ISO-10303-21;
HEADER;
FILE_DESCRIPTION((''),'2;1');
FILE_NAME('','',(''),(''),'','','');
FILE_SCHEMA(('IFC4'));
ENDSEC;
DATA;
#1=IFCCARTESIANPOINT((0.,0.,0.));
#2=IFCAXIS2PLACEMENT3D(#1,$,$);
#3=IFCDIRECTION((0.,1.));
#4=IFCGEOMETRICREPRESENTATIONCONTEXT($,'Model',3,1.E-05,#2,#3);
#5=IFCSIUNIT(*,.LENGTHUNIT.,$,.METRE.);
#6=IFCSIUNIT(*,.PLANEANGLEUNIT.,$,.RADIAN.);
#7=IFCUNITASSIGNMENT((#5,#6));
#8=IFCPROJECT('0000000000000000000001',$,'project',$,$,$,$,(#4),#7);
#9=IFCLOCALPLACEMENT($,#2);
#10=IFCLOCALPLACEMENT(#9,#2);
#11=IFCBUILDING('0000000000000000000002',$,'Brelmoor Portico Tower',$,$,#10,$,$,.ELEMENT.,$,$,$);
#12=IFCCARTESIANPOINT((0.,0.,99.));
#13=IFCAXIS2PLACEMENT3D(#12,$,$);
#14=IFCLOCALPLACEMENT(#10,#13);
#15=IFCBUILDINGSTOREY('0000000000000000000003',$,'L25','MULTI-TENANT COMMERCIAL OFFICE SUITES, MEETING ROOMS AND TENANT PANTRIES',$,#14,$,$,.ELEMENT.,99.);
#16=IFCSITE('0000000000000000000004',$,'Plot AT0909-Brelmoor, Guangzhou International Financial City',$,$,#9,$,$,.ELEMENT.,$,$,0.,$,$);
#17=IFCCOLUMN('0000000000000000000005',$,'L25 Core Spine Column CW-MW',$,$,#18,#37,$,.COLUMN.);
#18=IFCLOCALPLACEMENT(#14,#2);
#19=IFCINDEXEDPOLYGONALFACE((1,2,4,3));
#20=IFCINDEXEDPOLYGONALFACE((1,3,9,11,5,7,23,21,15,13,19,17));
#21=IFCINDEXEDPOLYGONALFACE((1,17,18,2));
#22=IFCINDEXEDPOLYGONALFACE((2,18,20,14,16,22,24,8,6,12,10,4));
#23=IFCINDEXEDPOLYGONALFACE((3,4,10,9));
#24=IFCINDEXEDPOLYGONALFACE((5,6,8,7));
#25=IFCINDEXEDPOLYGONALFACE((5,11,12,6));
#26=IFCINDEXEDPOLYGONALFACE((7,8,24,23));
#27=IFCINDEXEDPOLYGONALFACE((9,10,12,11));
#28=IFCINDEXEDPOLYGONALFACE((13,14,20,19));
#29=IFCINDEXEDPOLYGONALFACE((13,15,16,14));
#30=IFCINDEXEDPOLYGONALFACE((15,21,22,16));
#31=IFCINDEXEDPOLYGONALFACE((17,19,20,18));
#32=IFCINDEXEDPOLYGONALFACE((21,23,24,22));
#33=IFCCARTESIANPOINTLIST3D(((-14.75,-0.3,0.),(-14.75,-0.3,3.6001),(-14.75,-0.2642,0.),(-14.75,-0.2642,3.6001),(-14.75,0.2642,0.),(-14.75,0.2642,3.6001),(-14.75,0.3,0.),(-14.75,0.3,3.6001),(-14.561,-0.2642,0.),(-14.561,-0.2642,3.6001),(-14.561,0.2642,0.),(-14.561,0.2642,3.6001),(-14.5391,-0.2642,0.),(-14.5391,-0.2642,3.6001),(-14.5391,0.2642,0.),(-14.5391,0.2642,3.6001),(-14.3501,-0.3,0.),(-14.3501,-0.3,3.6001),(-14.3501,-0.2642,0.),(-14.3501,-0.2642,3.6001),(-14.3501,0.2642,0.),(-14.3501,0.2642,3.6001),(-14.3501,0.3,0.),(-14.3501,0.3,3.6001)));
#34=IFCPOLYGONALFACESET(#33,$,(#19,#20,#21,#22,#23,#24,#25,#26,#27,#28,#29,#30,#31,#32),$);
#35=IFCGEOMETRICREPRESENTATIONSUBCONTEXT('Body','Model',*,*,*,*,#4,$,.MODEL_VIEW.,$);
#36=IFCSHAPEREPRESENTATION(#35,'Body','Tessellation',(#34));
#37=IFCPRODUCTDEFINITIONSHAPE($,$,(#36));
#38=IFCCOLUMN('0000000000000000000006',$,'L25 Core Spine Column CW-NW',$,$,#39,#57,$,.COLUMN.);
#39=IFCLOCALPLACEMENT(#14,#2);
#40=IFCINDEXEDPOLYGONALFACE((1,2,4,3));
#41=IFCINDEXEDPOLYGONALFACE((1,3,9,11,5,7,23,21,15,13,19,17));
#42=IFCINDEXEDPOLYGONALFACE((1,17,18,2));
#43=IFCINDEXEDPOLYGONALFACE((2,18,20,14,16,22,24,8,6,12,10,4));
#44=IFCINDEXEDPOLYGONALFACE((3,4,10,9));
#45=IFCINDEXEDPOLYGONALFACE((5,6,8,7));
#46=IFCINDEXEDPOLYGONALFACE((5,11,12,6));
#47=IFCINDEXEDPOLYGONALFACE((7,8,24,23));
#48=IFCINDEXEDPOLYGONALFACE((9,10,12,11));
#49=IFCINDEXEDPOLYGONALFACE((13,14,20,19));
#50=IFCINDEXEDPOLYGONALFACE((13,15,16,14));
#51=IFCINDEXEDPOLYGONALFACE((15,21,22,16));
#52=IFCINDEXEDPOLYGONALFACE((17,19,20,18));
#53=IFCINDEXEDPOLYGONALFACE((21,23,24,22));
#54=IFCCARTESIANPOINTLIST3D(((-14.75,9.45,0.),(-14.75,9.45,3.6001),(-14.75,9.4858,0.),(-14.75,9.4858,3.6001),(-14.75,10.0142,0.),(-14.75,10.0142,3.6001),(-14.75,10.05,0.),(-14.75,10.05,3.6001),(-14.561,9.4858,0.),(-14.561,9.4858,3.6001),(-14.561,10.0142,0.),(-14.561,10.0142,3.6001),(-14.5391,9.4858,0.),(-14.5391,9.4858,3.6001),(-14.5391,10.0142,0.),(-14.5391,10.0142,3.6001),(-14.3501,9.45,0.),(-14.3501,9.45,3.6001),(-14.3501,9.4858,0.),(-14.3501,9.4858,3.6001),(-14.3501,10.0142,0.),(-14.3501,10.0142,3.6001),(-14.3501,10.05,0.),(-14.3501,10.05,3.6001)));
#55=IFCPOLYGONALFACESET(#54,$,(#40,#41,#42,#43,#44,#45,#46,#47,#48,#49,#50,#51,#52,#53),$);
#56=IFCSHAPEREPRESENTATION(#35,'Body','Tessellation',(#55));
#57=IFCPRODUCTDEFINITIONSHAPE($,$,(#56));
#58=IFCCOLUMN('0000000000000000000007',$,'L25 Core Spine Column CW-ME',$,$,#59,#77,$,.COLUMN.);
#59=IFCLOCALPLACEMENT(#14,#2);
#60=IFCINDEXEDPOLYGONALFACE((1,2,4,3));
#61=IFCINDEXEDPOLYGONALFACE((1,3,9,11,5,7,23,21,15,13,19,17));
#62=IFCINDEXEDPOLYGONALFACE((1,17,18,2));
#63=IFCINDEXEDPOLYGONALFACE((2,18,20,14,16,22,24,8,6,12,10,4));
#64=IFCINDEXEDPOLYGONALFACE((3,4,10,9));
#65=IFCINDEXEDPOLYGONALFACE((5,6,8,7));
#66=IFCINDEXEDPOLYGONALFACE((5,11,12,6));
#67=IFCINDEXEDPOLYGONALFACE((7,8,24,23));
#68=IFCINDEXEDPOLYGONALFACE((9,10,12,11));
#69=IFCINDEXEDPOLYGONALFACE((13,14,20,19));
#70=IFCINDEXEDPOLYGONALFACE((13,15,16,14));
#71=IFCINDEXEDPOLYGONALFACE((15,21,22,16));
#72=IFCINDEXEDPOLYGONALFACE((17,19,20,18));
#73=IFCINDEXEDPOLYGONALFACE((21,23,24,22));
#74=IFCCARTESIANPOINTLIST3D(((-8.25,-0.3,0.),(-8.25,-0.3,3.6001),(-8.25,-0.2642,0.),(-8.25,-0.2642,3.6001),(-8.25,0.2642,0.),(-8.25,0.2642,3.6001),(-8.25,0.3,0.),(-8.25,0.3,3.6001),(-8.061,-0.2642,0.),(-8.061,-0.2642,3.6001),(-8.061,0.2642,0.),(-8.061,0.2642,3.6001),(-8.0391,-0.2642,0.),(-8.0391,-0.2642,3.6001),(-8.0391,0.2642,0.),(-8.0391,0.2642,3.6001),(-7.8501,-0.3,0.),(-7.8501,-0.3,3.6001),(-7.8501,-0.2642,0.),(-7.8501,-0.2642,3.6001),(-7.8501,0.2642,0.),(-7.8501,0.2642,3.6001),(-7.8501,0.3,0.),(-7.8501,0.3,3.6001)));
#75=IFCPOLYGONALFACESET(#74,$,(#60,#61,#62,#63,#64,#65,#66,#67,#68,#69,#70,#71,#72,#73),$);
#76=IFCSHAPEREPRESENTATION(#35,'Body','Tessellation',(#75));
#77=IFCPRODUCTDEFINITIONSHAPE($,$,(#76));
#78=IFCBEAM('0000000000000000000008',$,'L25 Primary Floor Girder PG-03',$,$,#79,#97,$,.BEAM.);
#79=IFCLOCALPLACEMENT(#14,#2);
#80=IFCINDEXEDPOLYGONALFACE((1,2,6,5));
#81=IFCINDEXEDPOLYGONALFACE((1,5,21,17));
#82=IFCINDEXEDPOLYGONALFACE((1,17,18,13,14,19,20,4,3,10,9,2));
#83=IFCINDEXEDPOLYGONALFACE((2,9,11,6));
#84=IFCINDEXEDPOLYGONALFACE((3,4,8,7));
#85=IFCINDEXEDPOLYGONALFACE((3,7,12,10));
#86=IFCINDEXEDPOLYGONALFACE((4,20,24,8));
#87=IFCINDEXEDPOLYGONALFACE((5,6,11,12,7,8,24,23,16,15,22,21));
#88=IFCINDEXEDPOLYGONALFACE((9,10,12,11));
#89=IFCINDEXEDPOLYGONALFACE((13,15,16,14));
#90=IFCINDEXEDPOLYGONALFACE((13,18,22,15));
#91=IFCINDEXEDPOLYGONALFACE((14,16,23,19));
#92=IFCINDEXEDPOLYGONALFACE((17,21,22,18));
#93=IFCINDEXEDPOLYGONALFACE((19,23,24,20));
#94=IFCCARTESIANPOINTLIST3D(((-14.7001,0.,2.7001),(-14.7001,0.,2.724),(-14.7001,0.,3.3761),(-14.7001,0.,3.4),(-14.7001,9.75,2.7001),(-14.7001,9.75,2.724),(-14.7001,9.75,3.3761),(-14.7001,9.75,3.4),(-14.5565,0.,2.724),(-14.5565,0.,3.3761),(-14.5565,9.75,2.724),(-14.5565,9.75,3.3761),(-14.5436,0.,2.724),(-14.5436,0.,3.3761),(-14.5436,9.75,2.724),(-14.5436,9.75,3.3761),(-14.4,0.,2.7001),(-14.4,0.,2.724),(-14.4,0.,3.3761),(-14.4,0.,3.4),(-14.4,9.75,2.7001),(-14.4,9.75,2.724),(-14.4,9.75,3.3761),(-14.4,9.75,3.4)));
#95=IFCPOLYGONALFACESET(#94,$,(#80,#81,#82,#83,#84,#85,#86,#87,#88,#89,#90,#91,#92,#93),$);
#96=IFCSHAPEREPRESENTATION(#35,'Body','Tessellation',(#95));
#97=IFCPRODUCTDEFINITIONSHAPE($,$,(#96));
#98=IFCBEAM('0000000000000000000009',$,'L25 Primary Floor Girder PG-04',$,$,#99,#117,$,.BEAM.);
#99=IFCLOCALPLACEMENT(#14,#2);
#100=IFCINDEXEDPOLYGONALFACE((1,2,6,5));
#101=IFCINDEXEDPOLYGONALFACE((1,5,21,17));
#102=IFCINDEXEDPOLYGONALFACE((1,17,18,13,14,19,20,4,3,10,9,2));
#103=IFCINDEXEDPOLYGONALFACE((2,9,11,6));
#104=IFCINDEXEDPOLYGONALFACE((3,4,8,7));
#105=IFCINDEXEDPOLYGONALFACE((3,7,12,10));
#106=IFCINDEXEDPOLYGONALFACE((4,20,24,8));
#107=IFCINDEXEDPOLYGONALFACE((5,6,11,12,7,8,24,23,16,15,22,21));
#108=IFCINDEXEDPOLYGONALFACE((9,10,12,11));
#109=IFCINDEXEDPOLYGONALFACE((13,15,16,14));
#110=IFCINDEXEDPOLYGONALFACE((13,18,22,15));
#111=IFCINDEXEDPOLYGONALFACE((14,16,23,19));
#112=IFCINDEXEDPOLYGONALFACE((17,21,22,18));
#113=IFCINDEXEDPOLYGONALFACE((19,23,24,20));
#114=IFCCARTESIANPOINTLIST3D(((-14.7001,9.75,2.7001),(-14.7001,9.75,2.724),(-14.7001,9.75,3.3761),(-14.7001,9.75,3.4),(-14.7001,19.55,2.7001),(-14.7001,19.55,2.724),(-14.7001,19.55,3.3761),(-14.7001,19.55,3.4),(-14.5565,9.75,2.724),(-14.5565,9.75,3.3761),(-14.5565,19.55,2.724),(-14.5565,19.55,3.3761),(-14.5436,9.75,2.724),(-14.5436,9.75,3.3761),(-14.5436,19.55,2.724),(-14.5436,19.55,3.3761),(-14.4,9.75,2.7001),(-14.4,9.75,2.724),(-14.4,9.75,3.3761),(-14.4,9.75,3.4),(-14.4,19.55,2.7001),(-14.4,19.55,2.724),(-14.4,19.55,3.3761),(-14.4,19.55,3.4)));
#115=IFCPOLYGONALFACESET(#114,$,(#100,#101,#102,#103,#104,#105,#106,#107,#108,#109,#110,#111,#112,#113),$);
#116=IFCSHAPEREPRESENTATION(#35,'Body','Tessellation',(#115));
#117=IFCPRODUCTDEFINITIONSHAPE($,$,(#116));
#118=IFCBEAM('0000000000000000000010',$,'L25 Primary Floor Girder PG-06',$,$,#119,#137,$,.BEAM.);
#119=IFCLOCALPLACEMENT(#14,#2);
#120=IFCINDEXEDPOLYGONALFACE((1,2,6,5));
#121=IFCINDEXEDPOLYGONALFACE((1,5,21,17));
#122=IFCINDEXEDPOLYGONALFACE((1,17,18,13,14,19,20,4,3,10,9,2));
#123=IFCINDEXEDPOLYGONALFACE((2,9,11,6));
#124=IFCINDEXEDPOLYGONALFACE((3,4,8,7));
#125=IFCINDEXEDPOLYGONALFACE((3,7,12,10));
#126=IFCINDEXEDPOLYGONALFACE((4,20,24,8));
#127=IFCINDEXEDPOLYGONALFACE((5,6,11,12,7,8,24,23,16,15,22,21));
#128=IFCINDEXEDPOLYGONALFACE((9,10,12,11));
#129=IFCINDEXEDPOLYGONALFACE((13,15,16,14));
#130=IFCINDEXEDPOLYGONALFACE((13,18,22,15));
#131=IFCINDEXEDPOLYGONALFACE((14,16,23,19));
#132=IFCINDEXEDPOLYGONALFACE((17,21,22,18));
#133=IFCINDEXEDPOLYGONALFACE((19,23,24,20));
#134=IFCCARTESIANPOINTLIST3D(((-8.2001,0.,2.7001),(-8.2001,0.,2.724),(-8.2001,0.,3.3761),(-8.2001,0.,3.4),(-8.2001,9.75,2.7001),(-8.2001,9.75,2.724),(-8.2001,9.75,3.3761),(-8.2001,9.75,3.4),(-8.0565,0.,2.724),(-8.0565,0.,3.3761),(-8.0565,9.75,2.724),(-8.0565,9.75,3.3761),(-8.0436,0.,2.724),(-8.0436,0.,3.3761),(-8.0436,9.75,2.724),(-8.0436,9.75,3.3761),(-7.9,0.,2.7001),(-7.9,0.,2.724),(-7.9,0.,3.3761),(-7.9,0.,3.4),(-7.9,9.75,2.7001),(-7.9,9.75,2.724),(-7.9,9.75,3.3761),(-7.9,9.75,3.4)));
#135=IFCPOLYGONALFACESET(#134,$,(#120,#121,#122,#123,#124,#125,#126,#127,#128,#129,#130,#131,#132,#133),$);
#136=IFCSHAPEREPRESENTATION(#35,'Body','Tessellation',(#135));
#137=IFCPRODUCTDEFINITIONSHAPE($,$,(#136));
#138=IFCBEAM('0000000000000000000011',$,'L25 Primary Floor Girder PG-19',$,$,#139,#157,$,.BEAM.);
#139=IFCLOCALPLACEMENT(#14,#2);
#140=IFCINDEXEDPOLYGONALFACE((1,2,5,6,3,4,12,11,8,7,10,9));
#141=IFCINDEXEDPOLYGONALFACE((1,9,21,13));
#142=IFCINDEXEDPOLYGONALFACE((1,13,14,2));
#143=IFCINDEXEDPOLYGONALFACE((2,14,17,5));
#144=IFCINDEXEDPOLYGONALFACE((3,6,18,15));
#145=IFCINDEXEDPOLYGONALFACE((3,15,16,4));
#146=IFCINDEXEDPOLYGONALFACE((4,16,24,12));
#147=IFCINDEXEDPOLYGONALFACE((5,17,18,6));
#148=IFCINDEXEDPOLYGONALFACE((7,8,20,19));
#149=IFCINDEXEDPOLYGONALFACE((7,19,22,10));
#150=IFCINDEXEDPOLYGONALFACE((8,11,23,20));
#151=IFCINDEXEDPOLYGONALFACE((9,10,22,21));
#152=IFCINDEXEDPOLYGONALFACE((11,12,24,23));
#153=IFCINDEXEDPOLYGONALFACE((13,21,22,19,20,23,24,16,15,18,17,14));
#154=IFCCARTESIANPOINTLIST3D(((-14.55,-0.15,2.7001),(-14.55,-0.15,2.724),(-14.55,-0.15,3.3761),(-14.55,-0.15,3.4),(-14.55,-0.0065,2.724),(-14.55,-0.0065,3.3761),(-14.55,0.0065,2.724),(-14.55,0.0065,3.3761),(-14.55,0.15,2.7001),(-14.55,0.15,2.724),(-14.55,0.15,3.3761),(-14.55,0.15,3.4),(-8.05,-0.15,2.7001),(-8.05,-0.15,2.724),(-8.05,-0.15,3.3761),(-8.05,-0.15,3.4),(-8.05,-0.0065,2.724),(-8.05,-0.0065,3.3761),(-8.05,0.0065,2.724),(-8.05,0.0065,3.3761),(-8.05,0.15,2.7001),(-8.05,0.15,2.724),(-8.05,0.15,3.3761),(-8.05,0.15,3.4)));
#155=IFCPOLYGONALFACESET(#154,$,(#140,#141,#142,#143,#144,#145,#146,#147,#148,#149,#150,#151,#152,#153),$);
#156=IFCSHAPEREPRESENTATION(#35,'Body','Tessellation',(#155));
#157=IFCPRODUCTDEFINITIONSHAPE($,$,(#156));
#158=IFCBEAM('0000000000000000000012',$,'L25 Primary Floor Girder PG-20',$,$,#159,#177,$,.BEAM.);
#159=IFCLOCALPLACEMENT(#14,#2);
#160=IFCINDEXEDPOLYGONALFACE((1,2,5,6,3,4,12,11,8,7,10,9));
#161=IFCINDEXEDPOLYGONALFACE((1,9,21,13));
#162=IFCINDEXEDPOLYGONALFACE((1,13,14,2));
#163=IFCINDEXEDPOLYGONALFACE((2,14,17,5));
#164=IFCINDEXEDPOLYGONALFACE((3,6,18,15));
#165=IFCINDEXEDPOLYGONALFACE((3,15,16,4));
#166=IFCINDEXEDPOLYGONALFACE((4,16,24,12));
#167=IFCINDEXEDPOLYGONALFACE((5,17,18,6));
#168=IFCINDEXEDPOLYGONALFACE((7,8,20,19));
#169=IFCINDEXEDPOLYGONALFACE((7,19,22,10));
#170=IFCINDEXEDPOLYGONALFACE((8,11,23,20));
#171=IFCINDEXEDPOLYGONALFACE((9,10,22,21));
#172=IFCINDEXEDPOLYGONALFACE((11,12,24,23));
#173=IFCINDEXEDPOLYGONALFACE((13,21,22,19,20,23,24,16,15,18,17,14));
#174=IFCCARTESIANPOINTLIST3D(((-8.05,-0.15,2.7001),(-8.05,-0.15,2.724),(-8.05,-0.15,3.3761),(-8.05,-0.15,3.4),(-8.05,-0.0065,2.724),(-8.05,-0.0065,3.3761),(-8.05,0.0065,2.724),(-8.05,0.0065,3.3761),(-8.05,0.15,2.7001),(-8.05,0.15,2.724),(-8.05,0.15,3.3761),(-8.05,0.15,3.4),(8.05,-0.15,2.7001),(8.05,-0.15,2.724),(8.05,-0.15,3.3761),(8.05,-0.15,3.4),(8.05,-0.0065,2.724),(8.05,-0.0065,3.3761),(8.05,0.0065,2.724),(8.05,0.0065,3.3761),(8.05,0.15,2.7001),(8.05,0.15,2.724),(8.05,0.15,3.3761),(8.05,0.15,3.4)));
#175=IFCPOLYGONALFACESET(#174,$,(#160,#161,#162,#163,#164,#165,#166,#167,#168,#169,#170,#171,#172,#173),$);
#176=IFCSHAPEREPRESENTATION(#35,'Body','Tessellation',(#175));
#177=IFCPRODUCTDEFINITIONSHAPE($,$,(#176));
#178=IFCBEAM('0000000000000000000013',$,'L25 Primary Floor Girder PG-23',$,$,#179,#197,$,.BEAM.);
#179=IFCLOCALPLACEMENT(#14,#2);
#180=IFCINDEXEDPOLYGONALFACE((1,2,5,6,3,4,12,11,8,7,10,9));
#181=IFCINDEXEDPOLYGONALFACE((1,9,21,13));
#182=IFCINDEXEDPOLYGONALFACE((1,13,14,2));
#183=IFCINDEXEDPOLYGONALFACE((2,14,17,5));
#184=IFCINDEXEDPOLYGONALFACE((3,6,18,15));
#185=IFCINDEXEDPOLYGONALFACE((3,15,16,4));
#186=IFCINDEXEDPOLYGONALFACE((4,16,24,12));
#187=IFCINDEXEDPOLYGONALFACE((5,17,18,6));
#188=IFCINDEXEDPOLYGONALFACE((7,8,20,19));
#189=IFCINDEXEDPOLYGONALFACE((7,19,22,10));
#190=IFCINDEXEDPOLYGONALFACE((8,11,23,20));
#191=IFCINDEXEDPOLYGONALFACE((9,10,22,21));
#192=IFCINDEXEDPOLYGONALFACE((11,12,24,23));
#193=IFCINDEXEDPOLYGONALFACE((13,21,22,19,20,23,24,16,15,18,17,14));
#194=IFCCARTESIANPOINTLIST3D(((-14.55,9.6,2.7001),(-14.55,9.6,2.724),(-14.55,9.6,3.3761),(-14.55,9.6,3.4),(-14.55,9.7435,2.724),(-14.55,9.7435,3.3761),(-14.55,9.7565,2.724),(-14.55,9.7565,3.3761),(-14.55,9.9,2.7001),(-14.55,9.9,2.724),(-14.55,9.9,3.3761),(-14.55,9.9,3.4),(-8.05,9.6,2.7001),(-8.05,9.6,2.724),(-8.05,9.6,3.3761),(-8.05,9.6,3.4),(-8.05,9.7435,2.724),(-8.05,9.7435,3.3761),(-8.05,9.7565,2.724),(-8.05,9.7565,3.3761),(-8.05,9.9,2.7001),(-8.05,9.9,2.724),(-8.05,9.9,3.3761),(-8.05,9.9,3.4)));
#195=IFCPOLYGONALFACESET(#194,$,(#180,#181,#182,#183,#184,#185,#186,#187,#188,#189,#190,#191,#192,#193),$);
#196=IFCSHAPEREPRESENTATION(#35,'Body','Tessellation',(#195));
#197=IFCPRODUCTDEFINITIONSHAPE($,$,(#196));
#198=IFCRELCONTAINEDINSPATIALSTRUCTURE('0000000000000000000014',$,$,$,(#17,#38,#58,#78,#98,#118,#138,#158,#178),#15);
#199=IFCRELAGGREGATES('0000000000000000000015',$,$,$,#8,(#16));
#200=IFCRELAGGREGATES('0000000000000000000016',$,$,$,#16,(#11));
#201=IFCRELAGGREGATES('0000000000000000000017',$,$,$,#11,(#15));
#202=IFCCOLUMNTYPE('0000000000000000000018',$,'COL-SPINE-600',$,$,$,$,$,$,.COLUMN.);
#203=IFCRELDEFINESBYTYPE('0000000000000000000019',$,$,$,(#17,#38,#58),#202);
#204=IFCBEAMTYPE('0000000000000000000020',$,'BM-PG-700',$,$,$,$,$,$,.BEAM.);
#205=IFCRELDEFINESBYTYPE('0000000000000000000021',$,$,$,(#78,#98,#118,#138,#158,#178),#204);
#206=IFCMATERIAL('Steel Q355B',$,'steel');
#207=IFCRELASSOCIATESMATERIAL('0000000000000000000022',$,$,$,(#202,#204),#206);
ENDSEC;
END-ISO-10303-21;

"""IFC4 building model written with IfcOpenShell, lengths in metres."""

from ifc_helpers import new_model, si_unit, direction, frame, origin, origin_2d, place, context, subcontext, project, spatial, i_section, extrude, material, material_profile, profile_set, type_object, element, save


model = new_model("IFC4")

# Units and contexts
model_context = context("Model", 3, precision=1e-05, world=origin(), true_north=direction((0.0, 1.0)))
body_context = subcontext(model_context, "Body", "Model", "MODEL_VIEW")
ifc_project = project(units=[si_unit("LENGTHUNIT", "METRE"), si_unit("PLANEANGLEUNIT", "RADIAN")], contexts=[model_context])

# Site, building, storey
site_placement = place(None, origin())
site = spatial("IfcSite", under=ifc_project, at=site_placement, Name="Plot AT0909-Brelmoor, Guangzhou International Financial City", CompositionType="ELEMENT", RefElevation=0.0)
building_placement = place(site_placement, origin())
building = spatial("IfcBuilding", under=site, at=building_placement, Name="Brelmoor Portico Tower", CompositionType="ELEMENT")
storey_placement = place(building_placement, frame((0.0, 0.0, 99.0)))
storey = spatial("IfcBuildingStorey", under=building, at=storey_placement, Name="L25", Description="MULTI-TENANT COMMERCIAL OFFICE SUITES, MEETING ROOMS AND TENANT PANTRIES", CompositionType="ELEMENT", Elevation=99.0)

# Columns
ifc_material_1 = material(Name="Steel Q355B", Category="steel")
ifc_material_profile_1 = material_profile(ifc_material_1, i_section(OverallWidth=0.3999, OverallDepth=0.6001, WebThickness=0.022, FlangeThickness=0.0359, at=origin_2d()), Name="HW 600x400x22x36")
ifc_profile_set_1 = profile_set([ifc_material_profile_1], Name="Steel Q355B")
column_type = type_object("IfcColumnType", Name="COL-SPINE-600", PredefinedType="COLUMN", material=ifc_profile_set_1)
for number, where, z_axis, x_axis, name in (
    (1, (-14.55, 0.0, 0.0), (0.0, 0.0, 1.0), (1.0, 0.0, 0.0), "L25 Core Spine Column CW-MW"),
    (2, (-14.55, 9.75, 0.0), (0.0, 0.0, 1.0), (1.0, 0.0, 0.0), "L25 Core Spine Column CW-NW"),
    (3, (-8.05, 0.0, 0.0), (0.0, 0.0, 1.0), (1.0, 0.0, 0.0), "L25 Core Spine Column CW-ME"),
):
    element("IfcColumn", number, at=place(storey_placement, frame(where, z_axis=z_axis, x_axis=x_axis)), inside=storey, type_object=column_type, Name=name, PredefinedType="COLUMN", context=body_context, shape_type="SweptSolid", body=[
        extrude(i_section(OverallWidth=0.3999, OverallDepth=0.6001, WebThickness=0.022, FlangeThickness=0.0359, at=origin_2d()), origin(), (0.0, 0.0, 1.0), 3.6001),
    ])

# Beams
ifc_material_profile_2 = material_profile(ifc_material_1, i_section(OverallWidth=0.3, OverallDepth=0.7, WebThickness=0.0129, FlangeThickness=0.0239, at=origin_2d()), Name="HN 700x300x13x24")
ifc_profile_set_2 = profile_set([ifc_material_profile_2], Name="Steel Q355B")
beam_type = type_object("IfcBeamType", Name="BM-PG-700", PredefinedType="BEAM", material=ifc_profile_set_2)
beam_1_placement = place(storey_placement, frame((-14.55, 0.0, 3.05), z_axis=(0.0, 1.0, 0.0), x_axis=(-1.0, 0.0, 0.0)))
element("IfcBeam", 4, at=beam_1_placement, inside=storey, type_object=beam_type, Name="L25 Primary Floor Girder PG-03", PredefinedType="BEAM", context=body_context, shape_type="SweptSolid", body=[
    extrude(i_section(OverallWidth=0.3, OverallDepth=0.7, WebThickness=0.0129, FlangeThickness=0.0239, at=origin_2d()), origin(), (0.0, 0.0, 1.0), 9.75),
])
beam_2_placement = place(storey_placement, frame((-14.55, 9.75, 3.05), z_axis=(0.0, 1.0, 0.0), x_axis=(-1.0, 0.0, 0.0)))
element("IfcBeam", 5, at=beam_2_placement, inside=storey, type_object=beam_type, Name="L25 Primary Floor Girder PG-04", PredefinedType="BEAM", context=body_context, shape_type="SweptSolid", body=[
    extrude(i_section(OverallWidth=0.3, OverallDepth=0.7, WebThickness=0.0129, FlangeThickness=0.0239, at=origin_2d()), origin(), (0.0, 0.0, 1.0), 9.8),
])
beam_3_placement = place(storey_placement, frame((-8.05, 0.0, 3.05), z_axis=(0.0, 1.0, 0.0), x_axis=(-1.0, 0.0, 0.0)))
element("IfcBeam", 6, at=beam_3_placement, inside=storey, type_object=beam_type, Name="L25 Primary Floor Girder PG-06", PredefinedType="BEAM", context=body_context, shape_type="SweptSolid", body=[
    extrude(i_section(OverallWidth=0.3, OverallDepth=0.7, WebThickness=0.0129, FlangeThickness=0.0239, at=origin_2d()), origin(), (0.0, 0.0, 1.0), 9.75),
])
beam_4_placement = place(storey_placement, frame((-14.55, 0.0, 3.05), z_axis=(1.0, 0.0, 0.0), x_axis=(0.0, 1.0, 0.0)))
element("IfcBeam", 7, at=beam_4_placement, inside=storey, type_object=beam_type, Name="L25 Primary Floor Girder PG-19", PredefinedType="BEAM", context=body_context, shape_type="SweptSolid", body=[
    extrude(i_section(OverallWidth=0.3, OverallDepth=0.7, WebThickness=0.0129, FlangeThickness=0.0239, at=origin_2d()), origin(), (0.0, 0.0, 1.0), 6.5),
])
beam_5_placement = place(storey_placement, frame((-8.05, 0.0, 3.05), z_axis=(1.0, 0.0, 0.0), x_axis=(0.0, 1.0, 0.0)))
element("IfcBeam", 8, at=beam_5_placement, inside=storey, type_object=beam_type, Name="L25 Primary Floor Girder PG-20", PredefinedType="BEAM", context=body_context, shape_type="SweptSolid", body=[
    extrude(i_section(OverallWidth=0.3, OverallDepth=0.7, WebThickness=0.0129, FlangeThickness=0.0239, at=origin_2d()), origin(), (0.0, 0.0, 1.0), 16.1001),
])
beam_6_placement = place(storey_placement, frame((-14.55, 9.75, 3.05), z_axis=(1.0, 0.0, 0.0), x_axis=(0.0, 1.0, 0.0)))
element("IfcBeam", 9, at=beam_6_placement, inside=storey, type_object=beam_type, Name="L25 Primary Floor Girder PG-23", PredefinedType="BEAM", context=body_context, shape_type="SweptSolid", body=[
    extrude(i_section(OverallWidth=0.3, OverallDepth=0.7, WebThickness=0.0129, FlangeThickness=0.0239, at=origin_2d()), origin(), (0.0, 0.0, 1.0), 6.5),
])

save(model, "model.ifc")
